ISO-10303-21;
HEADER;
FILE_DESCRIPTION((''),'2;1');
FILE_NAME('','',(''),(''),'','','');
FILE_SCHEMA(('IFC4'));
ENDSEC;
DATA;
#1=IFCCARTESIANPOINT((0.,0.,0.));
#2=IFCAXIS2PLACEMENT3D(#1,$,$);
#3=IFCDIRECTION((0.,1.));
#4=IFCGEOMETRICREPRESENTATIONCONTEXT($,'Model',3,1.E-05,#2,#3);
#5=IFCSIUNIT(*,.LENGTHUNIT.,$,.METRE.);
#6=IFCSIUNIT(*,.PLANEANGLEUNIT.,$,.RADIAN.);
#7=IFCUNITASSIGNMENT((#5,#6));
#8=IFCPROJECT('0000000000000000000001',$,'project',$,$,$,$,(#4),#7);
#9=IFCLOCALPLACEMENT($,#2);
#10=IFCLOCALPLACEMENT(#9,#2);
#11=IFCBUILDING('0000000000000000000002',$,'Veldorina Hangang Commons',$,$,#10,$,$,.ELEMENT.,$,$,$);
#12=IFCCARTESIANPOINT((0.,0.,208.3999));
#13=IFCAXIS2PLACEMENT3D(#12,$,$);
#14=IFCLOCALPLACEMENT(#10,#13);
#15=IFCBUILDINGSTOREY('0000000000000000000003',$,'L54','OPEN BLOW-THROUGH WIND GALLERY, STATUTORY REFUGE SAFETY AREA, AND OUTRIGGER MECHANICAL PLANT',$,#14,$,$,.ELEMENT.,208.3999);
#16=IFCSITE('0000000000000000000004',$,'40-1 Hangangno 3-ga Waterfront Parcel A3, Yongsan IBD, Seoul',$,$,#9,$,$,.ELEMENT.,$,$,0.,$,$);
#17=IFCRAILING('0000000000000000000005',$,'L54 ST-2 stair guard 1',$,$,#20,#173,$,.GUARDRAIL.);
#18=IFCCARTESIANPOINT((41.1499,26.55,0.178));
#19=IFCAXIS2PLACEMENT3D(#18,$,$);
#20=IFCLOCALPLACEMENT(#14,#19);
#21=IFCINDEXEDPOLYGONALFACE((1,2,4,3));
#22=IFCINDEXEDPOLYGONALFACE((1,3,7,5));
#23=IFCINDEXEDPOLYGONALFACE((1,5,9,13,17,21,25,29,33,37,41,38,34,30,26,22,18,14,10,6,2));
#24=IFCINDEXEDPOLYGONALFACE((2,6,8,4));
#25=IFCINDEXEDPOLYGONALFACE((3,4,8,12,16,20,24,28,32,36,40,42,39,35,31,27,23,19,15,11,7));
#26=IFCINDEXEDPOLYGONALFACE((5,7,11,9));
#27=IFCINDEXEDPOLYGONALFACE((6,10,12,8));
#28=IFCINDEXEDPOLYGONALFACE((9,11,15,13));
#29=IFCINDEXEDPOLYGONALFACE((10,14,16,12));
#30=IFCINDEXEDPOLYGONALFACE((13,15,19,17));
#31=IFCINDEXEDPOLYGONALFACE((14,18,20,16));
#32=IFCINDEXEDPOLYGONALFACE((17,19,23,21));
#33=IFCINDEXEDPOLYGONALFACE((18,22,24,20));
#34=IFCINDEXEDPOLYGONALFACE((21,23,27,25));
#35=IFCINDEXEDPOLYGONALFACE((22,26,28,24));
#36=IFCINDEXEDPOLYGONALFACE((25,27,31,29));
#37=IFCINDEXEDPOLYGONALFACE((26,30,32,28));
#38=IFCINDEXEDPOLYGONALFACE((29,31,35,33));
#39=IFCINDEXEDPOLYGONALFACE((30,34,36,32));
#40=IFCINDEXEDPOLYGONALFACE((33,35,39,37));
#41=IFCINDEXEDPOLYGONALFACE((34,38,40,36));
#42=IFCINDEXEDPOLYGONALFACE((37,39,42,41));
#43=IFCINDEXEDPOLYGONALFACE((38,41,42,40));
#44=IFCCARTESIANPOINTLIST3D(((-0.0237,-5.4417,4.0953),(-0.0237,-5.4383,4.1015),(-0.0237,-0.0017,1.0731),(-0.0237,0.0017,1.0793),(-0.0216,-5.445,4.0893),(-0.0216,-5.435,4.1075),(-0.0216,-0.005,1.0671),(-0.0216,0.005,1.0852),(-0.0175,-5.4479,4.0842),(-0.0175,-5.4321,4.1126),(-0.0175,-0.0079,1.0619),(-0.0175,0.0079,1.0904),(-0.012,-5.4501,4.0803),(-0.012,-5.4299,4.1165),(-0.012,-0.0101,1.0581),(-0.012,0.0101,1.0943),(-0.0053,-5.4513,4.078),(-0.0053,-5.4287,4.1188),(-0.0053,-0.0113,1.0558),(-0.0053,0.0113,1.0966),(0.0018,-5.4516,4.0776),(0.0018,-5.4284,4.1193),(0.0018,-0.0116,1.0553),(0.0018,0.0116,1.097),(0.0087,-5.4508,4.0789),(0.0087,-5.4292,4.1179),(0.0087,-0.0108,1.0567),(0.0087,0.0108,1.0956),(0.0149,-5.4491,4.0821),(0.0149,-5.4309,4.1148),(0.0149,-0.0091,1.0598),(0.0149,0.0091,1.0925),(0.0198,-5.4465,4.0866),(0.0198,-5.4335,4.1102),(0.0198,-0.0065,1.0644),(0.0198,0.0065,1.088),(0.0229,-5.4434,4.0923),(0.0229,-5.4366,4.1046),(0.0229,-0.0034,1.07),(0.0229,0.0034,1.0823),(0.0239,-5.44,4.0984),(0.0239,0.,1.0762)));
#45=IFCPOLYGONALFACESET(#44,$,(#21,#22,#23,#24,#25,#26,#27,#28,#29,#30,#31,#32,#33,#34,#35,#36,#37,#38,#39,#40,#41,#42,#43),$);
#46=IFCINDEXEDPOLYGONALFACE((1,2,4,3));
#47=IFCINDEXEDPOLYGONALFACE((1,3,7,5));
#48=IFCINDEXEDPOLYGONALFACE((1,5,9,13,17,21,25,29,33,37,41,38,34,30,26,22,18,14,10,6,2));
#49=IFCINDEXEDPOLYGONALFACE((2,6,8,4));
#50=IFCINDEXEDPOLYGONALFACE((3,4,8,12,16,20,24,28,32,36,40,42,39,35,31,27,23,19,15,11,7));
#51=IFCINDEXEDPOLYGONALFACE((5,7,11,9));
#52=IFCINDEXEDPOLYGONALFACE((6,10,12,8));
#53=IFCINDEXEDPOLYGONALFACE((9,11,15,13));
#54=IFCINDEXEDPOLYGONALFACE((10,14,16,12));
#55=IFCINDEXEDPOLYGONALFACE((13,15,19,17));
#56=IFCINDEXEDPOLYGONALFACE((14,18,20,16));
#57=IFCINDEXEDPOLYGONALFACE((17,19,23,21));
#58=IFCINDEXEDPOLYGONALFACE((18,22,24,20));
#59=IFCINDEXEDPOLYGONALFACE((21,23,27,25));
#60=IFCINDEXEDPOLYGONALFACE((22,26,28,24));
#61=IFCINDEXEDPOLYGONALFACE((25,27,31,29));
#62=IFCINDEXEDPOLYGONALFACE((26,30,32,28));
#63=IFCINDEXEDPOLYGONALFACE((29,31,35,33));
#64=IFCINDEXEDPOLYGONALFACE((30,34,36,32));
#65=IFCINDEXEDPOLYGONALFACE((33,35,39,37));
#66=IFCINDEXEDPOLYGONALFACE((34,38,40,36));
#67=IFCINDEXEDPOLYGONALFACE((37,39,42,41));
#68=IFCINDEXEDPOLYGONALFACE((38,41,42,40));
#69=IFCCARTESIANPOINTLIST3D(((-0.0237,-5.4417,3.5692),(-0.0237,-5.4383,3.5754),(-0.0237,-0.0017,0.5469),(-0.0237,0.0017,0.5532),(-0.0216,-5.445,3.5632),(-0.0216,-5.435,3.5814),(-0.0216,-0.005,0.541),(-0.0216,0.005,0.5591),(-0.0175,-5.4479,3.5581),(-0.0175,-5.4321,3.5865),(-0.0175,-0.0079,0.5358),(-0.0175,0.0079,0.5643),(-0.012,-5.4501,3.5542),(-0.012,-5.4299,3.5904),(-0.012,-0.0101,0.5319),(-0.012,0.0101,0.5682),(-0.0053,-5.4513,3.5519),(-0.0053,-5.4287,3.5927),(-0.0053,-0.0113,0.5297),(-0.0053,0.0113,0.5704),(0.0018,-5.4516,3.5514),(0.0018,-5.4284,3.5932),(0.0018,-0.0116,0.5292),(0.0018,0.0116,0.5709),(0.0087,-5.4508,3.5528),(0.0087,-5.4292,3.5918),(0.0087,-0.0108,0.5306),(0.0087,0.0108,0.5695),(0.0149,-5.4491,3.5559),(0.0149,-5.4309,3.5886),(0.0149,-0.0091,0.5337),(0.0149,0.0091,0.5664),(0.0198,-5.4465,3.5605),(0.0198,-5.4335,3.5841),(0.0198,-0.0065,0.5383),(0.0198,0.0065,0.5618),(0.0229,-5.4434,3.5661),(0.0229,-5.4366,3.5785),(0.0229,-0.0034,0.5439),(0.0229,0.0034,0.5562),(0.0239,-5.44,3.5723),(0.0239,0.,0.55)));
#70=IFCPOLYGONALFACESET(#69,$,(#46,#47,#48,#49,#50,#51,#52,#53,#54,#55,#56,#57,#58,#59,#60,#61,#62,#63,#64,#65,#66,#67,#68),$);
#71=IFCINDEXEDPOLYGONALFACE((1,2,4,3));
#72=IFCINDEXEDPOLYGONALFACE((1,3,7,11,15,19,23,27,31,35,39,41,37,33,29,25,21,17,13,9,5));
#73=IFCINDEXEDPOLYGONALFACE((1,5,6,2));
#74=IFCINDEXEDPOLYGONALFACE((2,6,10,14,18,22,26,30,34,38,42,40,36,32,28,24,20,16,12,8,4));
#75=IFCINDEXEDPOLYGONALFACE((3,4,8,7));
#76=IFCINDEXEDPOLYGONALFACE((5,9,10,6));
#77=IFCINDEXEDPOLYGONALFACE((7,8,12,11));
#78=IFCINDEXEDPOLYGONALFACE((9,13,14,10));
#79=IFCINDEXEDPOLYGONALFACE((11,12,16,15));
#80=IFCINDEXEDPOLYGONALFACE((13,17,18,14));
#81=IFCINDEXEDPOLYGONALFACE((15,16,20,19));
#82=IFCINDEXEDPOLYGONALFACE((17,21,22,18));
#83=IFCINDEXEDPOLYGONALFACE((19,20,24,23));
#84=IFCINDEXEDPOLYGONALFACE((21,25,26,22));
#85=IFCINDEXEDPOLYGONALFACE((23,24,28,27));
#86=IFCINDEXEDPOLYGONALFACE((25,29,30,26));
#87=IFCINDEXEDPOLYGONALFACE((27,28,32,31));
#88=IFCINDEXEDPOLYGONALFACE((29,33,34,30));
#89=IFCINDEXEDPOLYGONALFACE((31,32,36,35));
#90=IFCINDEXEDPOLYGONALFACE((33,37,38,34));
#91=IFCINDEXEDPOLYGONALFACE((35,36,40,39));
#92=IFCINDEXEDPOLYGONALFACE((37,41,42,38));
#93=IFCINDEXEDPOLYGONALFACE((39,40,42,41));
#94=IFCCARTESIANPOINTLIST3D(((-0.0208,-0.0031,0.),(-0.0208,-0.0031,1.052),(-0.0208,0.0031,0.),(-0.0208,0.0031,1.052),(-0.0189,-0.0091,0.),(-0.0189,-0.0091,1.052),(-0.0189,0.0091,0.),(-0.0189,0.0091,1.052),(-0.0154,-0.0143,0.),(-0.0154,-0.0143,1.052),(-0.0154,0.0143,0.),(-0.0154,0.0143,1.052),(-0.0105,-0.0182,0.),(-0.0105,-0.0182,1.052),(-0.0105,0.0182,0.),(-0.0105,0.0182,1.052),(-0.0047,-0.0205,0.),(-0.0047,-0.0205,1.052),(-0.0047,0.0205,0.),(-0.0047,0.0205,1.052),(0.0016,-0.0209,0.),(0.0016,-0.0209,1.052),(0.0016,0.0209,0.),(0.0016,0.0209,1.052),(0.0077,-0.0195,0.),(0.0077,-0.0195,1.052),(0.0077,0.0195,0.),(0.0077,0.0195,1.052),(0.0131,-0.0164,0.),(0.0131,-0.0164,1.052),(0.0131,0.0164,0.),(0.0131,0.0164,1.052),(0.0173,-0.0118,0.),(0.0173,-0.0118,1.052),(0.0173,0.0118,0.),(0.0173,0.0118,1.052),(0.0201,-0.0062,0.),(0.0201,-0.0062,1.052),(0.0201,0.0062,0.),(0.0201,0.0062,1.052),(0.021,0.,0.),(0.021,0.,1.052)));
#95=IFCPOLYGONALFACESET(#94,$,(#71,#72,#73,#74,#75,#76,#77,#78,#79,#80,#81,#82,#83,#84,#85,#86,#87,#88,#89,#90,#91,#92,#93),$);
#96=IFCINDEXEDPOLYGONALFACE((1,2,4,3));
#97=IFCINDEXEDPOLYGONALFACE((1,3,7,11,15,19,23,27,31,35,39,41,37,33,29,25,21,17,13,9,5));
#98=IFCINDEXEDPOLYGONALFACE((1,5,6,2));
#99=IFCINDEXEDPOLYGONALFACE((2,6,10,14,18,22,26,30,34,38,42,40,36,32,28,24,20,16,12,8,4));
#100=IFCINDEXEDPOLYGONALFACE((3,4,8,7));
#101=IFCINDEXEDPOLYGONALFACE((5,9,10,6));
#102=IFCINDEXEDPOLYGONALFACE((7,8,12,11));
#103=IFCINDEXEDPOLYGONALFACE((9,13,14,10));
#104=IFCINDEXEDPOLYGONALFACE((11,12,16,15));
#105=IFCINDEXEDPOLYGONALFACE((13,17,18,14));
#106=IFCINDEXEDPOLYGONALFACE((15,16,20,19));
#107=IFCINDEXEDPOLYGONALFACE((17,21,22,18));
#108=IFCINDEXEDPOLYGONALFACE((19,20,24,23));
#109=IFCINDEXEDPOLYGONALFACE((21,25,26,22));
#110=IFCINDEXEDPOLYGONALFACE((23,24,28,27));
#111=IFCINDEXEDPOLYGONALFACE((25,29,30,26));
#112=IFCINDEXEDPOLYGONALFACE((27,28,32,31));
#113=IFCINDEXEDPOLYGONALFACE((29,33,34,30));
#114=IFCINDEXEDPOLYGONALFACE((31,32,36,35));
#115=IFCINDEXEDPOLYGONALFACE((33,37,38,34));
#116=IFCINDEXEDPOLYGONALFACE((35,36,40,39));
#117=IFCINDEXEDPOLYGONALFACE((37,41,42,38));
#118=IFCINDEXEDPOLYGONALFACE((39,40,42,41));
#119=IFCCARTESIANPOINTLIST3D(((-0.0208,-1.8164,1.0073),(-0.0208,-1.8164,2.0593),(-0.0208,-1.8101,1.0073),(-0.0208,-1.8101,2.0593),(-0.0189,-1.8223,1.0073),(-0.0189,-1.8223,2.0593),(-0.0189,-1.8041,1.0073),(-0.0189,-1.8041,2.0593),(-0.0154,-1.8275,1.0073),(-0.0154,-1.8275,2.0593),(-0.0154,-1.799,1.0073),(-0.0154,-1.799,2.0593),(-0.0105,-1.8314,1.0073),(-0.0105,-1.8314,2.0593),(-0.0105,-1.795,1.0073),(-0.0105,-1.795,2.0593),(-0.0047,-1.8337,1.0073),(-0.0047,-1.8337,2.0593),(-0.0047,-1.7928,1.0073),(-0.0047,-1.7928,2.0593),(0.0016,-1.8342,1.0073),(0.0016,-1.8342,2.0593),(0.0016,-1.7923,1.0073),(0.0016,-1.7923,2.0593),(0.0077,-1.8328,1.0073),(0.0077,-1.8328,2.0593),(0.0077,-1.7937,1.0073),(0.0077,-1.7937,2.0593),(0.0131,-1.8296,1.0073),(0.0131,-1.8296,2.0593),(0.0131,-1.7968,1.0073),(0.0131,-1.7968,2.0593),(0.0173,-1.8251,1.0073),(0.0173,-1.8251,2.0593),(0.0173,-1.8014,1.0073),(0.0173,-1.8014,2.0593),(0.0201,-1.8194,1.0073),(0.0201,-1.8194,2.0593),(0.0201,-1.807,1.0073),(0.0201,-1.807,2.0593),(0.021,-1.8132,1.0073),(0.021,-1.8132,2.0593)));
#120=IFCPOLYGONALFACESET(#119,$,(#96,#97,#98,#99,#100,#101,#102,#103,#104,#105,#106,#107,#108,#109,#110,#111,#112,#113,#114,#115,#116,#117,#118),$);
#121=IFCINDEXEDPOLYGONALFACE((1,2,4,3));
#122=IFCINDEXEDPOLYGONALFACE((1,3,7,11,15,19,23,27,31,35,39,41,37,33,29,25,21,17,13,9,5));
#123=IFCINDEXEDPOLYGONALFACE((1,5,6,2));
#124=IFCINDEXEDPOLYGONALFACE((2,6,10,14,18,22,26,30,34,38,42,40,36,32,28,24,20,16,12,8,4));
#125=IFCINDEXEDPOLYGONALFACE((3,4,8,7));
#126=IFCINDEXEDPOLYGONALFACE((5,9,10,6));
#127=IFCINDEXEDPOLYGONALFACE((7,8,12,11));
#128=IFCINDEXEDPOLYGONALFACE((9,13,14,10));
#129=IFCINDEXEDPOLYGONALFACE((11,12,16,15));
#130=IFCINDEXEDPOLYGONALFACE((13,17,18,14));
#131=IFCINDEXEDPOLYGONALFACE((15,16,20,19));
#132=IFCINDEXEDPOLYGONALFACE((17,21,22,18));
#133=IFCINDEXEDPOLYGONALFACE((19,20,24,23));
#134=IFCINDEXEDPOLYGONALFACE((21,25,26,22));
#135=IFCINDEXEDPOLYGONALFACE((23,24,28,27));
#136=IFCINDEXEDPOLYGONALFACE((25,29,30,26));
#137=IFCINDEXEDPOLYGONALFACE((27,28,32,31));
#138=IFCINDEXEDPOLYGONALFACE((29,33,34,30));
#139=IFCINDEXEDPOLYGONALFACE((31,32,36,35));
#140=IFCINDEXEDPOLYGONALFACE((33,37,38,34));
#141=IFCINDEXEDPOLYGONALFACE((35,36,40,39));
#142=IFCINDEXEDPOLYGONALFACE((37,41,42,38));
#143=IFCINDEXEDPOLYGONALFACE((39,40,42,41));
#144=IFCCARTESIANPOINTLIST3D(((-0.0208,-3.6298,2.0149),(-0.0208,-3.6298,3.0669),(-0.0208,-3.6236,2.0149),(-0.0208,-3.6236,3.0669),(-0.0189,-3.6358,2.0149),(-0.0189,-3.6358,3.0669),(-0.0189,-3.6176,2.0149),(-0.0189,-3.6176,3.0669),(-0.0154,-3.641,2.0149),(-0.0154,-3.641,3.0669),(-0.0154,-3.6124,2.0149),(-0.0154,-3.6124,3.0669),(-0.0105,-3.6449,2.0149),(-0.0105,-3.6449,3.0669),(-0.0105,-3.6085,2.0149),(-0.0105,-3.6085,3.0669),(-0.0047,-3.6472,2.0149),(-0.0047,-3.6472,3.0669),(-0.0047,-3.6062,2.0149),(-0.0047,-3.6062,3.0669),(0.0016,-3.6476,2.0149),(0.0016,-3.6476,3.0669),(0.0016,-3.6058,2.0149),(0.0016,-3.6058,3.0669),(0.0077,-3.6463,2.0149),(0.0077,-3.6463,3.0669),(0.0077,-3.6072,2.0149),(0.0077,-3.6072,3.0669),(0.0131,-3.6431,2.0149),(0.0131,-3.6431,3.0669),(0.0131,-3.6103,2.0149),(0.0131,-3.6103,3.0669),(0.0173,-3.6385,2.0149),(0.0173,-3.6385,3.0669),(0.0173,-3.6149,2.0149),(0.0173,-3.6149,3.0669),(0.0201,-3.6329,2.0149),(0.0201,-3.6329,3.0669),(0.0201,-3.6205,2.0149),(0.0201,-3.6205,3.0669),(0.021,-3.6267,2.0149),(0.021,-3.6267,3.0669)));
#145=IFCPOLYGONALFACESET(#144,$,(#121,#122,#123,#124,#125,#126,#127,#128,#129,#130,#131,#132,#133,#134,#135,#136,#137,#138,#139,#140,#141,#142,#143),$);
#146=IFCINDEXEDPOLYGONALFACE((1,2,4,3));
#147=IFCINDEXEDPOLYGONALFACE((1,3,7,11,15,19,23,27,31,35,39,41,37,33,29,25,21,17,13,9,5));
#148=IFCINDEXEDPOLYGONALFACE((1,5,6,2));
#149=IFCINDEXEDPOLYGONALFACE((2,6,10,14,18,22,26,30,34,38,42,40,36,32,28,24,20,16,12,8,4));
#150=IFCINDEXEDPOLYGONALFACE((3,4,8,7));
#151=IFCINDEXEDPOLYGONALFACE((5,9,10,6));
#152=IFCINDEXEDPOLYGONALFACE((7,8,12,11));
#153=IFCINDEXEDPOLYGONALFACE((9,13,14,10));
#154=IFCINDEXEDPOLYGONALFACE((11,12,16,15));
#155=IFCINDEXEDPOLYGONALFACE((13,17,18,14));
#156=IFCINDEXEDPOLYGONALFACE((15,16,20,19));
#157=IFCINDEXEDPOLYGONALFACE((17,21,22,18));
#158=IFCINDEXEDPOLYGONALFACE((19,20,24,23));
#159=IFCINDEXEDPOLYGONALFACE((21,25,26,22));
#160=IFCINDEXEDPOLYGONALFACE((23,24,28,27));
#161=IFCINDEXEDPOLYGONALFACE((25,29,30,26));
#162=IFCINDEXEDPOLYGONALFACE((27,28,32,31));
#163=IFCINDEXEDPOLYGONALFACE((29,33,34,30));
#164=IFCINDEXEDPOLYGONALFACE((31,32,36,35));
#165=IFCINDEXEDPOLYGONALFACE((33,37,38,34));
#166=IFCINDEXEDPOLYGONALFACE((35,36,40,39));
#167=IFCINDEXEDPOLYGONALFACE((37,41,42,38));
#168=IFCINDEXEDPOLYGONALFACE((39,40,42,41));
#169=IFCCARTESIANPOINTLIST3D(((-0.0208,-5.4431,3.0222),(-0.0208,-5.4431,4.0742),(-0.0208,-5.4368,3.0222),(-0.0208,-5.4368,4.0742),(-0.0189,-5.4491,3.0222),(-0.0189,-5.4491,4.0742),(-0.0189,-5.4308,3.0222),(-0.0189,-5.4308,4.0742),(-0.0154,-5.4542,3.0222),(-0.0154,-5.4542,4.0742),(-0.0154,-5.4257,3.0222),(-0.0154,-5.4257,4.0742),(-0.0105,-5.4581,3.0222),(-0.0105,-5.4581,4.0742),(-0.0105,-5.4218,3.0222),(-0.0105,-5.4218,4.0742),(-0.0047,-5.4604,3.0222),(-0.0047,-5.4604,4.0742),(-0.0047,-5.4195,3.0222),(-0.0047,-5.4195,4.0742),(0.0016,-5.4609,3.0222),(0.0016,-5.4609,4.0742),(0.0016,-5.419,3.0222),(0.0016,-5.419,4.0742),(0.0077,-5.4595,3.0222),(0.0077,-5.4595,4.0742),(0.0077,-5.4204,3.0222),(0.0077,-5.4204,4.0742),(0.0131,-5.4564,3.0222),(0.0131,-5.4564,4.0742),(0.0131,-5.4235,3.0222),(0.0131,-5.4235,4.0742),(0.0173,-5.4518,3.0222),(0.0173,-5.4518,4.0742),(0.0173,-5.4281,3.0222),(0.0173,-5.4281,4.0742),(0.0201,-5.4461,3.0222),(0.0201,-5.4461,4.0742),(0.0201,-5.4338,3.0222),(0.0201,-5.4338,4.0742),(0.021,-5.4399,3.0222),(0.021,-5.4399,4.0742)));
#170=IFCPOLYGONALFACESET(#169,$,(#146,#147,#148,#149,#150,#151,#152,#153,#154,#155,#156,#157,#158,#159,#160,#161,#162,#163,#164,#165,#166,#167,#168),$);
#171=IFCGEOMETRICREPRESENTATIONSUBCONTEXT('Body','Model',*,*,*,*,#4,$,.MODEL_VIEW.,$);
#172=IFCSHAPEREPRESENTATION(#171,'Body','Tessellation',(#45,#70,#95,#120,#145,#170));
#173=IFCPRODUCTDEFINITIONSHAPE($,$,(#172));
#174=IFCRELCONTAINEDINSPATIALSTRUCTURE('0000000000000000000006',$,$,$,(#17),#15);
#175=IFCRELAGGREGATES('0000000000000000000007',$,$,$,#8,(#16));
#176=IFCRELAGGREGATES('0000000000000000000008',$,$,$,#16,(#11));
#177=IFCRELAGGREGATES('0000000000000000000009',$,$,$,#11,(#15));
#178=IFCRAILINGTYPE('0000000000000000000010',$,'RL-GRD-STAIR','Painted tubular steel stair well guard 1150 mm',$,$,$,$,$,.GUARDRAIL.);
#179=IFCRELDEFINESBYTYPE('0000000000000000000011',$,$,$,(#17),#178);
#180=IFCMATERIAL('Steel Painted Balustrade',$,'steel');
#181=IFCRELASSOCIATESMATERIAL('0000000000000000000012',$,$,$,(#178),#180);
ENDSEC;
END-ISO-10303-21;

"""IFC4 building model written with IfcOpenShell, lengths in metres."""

from ifc_helpers import new_model, si_unit, direction, frame, origin, origin_2d, place, context, subcontext, project, spatial, circle, extrude, material, type_object, element, save


model = new_model("IFC4")

# Units and contexts
model_context = context("Model", 3, precision=1e-05, world=origin(), true_north=direction((0.0, 1.0)))
body_context = subcontext(model_context, "Body", "Model", "MODEL_VIEW")
ifc_project = project(units=[si_unit("LENGTHUNIT", "METRE"), si_unit("PLANEANGLEUNIT", "RADIAN")], contexts=[model_context])

# Site, building, storey
site_placement = place(None, origin())
site = spatial("IfcSite", under=ifc_project, at=site_placement, Name="40-1 Hangangno 3-ga Waterfront Parcel A3, Yongsan IBD, Seoul", CompositionType="ELEMENT", RefElevation=0.0)
building_placement = place(site_placement, origin())
building = spatial("IfcBuilding", under=site, at=building_placement, Name="Veldorina Hangang Commons", CompositionType="ELEMENT")
storey_placement = place(building_placement, frame((0.0, 0.0, 208.3999)))
storey = spatial("IfcBuildingStorey", under=building, at=storey_placement, Name="L54", Description="OPEN BLOW-THROUGH WIND GALLERY, STATUTORY REFUGE SAFETY AREA, AND OUTRIGGER MECHANICAL PLANT", CompositionType="ELEMENT", Elevation=208.3999)

# Railing
ifc_material_1 = material(Name="Steel Painted Balustrade", Category="steel")
railing_type_1 = type_object("IfcRailingType", Name="RL-GRD-STAIR", Description="Painted tubular steel stair well guard 1150 mm", PredefinedType="GUARDRAIL", material=ifc_material_1)
railing_1_placement = place(storey_placement, frame((41.1499, 26.55, 0.178)))
element("IfcRailing", 1, at=railing_1_placement, inside=storey, type_object=railing_type_1, Name="L54 ST-2 stair guard 1", PredefinedType="GUARDRAIL", context=body_context, shape_type="SweptSolid", body=[
    extrude(circle(Radius=0.0239, at=origin_2d()), frame((0.0, 0.0, 1.0762), z_axis=(0.0, -0.874155, 0.485646), x_axis=(1.0, 0.0, 0.0)), (0.0, 0.0, 1.0), 6.2231),
    extrude(circle(Radius=0.0239, at=origin_2d()), frame((0.0, 0.0, 0.55), z_axis=(0.0, -0.874155, 0.485646), x_axis=(1.0, 0.0, 0.0)), (0.0, 0.0, 1.0), 6.2231),
    extrude(circle(Radius=0.021, at=origin_2d()), origin(), (0.0, 0.0, 1.0), 1.052),
    extrude(circle(Radius=0.021, at=origin_2d()), frame((0.0, -1.8132, 1.0073)), (0.0, 0.0, 1.0), 1.052),
    extrude(circle(Radius=0.021, at=origin_2d()), frame((0.0, -3.6267, 2.0149)), (0.0, 0.0, 1.0), 1.052),
    extrude(circle(Radius=0.021, at=origin_2d()), frame((0.0, -5.4399, 3.0222)), (0.0, 0.0, 1.0), 1.052),
])

save(model, "model.ifc")
